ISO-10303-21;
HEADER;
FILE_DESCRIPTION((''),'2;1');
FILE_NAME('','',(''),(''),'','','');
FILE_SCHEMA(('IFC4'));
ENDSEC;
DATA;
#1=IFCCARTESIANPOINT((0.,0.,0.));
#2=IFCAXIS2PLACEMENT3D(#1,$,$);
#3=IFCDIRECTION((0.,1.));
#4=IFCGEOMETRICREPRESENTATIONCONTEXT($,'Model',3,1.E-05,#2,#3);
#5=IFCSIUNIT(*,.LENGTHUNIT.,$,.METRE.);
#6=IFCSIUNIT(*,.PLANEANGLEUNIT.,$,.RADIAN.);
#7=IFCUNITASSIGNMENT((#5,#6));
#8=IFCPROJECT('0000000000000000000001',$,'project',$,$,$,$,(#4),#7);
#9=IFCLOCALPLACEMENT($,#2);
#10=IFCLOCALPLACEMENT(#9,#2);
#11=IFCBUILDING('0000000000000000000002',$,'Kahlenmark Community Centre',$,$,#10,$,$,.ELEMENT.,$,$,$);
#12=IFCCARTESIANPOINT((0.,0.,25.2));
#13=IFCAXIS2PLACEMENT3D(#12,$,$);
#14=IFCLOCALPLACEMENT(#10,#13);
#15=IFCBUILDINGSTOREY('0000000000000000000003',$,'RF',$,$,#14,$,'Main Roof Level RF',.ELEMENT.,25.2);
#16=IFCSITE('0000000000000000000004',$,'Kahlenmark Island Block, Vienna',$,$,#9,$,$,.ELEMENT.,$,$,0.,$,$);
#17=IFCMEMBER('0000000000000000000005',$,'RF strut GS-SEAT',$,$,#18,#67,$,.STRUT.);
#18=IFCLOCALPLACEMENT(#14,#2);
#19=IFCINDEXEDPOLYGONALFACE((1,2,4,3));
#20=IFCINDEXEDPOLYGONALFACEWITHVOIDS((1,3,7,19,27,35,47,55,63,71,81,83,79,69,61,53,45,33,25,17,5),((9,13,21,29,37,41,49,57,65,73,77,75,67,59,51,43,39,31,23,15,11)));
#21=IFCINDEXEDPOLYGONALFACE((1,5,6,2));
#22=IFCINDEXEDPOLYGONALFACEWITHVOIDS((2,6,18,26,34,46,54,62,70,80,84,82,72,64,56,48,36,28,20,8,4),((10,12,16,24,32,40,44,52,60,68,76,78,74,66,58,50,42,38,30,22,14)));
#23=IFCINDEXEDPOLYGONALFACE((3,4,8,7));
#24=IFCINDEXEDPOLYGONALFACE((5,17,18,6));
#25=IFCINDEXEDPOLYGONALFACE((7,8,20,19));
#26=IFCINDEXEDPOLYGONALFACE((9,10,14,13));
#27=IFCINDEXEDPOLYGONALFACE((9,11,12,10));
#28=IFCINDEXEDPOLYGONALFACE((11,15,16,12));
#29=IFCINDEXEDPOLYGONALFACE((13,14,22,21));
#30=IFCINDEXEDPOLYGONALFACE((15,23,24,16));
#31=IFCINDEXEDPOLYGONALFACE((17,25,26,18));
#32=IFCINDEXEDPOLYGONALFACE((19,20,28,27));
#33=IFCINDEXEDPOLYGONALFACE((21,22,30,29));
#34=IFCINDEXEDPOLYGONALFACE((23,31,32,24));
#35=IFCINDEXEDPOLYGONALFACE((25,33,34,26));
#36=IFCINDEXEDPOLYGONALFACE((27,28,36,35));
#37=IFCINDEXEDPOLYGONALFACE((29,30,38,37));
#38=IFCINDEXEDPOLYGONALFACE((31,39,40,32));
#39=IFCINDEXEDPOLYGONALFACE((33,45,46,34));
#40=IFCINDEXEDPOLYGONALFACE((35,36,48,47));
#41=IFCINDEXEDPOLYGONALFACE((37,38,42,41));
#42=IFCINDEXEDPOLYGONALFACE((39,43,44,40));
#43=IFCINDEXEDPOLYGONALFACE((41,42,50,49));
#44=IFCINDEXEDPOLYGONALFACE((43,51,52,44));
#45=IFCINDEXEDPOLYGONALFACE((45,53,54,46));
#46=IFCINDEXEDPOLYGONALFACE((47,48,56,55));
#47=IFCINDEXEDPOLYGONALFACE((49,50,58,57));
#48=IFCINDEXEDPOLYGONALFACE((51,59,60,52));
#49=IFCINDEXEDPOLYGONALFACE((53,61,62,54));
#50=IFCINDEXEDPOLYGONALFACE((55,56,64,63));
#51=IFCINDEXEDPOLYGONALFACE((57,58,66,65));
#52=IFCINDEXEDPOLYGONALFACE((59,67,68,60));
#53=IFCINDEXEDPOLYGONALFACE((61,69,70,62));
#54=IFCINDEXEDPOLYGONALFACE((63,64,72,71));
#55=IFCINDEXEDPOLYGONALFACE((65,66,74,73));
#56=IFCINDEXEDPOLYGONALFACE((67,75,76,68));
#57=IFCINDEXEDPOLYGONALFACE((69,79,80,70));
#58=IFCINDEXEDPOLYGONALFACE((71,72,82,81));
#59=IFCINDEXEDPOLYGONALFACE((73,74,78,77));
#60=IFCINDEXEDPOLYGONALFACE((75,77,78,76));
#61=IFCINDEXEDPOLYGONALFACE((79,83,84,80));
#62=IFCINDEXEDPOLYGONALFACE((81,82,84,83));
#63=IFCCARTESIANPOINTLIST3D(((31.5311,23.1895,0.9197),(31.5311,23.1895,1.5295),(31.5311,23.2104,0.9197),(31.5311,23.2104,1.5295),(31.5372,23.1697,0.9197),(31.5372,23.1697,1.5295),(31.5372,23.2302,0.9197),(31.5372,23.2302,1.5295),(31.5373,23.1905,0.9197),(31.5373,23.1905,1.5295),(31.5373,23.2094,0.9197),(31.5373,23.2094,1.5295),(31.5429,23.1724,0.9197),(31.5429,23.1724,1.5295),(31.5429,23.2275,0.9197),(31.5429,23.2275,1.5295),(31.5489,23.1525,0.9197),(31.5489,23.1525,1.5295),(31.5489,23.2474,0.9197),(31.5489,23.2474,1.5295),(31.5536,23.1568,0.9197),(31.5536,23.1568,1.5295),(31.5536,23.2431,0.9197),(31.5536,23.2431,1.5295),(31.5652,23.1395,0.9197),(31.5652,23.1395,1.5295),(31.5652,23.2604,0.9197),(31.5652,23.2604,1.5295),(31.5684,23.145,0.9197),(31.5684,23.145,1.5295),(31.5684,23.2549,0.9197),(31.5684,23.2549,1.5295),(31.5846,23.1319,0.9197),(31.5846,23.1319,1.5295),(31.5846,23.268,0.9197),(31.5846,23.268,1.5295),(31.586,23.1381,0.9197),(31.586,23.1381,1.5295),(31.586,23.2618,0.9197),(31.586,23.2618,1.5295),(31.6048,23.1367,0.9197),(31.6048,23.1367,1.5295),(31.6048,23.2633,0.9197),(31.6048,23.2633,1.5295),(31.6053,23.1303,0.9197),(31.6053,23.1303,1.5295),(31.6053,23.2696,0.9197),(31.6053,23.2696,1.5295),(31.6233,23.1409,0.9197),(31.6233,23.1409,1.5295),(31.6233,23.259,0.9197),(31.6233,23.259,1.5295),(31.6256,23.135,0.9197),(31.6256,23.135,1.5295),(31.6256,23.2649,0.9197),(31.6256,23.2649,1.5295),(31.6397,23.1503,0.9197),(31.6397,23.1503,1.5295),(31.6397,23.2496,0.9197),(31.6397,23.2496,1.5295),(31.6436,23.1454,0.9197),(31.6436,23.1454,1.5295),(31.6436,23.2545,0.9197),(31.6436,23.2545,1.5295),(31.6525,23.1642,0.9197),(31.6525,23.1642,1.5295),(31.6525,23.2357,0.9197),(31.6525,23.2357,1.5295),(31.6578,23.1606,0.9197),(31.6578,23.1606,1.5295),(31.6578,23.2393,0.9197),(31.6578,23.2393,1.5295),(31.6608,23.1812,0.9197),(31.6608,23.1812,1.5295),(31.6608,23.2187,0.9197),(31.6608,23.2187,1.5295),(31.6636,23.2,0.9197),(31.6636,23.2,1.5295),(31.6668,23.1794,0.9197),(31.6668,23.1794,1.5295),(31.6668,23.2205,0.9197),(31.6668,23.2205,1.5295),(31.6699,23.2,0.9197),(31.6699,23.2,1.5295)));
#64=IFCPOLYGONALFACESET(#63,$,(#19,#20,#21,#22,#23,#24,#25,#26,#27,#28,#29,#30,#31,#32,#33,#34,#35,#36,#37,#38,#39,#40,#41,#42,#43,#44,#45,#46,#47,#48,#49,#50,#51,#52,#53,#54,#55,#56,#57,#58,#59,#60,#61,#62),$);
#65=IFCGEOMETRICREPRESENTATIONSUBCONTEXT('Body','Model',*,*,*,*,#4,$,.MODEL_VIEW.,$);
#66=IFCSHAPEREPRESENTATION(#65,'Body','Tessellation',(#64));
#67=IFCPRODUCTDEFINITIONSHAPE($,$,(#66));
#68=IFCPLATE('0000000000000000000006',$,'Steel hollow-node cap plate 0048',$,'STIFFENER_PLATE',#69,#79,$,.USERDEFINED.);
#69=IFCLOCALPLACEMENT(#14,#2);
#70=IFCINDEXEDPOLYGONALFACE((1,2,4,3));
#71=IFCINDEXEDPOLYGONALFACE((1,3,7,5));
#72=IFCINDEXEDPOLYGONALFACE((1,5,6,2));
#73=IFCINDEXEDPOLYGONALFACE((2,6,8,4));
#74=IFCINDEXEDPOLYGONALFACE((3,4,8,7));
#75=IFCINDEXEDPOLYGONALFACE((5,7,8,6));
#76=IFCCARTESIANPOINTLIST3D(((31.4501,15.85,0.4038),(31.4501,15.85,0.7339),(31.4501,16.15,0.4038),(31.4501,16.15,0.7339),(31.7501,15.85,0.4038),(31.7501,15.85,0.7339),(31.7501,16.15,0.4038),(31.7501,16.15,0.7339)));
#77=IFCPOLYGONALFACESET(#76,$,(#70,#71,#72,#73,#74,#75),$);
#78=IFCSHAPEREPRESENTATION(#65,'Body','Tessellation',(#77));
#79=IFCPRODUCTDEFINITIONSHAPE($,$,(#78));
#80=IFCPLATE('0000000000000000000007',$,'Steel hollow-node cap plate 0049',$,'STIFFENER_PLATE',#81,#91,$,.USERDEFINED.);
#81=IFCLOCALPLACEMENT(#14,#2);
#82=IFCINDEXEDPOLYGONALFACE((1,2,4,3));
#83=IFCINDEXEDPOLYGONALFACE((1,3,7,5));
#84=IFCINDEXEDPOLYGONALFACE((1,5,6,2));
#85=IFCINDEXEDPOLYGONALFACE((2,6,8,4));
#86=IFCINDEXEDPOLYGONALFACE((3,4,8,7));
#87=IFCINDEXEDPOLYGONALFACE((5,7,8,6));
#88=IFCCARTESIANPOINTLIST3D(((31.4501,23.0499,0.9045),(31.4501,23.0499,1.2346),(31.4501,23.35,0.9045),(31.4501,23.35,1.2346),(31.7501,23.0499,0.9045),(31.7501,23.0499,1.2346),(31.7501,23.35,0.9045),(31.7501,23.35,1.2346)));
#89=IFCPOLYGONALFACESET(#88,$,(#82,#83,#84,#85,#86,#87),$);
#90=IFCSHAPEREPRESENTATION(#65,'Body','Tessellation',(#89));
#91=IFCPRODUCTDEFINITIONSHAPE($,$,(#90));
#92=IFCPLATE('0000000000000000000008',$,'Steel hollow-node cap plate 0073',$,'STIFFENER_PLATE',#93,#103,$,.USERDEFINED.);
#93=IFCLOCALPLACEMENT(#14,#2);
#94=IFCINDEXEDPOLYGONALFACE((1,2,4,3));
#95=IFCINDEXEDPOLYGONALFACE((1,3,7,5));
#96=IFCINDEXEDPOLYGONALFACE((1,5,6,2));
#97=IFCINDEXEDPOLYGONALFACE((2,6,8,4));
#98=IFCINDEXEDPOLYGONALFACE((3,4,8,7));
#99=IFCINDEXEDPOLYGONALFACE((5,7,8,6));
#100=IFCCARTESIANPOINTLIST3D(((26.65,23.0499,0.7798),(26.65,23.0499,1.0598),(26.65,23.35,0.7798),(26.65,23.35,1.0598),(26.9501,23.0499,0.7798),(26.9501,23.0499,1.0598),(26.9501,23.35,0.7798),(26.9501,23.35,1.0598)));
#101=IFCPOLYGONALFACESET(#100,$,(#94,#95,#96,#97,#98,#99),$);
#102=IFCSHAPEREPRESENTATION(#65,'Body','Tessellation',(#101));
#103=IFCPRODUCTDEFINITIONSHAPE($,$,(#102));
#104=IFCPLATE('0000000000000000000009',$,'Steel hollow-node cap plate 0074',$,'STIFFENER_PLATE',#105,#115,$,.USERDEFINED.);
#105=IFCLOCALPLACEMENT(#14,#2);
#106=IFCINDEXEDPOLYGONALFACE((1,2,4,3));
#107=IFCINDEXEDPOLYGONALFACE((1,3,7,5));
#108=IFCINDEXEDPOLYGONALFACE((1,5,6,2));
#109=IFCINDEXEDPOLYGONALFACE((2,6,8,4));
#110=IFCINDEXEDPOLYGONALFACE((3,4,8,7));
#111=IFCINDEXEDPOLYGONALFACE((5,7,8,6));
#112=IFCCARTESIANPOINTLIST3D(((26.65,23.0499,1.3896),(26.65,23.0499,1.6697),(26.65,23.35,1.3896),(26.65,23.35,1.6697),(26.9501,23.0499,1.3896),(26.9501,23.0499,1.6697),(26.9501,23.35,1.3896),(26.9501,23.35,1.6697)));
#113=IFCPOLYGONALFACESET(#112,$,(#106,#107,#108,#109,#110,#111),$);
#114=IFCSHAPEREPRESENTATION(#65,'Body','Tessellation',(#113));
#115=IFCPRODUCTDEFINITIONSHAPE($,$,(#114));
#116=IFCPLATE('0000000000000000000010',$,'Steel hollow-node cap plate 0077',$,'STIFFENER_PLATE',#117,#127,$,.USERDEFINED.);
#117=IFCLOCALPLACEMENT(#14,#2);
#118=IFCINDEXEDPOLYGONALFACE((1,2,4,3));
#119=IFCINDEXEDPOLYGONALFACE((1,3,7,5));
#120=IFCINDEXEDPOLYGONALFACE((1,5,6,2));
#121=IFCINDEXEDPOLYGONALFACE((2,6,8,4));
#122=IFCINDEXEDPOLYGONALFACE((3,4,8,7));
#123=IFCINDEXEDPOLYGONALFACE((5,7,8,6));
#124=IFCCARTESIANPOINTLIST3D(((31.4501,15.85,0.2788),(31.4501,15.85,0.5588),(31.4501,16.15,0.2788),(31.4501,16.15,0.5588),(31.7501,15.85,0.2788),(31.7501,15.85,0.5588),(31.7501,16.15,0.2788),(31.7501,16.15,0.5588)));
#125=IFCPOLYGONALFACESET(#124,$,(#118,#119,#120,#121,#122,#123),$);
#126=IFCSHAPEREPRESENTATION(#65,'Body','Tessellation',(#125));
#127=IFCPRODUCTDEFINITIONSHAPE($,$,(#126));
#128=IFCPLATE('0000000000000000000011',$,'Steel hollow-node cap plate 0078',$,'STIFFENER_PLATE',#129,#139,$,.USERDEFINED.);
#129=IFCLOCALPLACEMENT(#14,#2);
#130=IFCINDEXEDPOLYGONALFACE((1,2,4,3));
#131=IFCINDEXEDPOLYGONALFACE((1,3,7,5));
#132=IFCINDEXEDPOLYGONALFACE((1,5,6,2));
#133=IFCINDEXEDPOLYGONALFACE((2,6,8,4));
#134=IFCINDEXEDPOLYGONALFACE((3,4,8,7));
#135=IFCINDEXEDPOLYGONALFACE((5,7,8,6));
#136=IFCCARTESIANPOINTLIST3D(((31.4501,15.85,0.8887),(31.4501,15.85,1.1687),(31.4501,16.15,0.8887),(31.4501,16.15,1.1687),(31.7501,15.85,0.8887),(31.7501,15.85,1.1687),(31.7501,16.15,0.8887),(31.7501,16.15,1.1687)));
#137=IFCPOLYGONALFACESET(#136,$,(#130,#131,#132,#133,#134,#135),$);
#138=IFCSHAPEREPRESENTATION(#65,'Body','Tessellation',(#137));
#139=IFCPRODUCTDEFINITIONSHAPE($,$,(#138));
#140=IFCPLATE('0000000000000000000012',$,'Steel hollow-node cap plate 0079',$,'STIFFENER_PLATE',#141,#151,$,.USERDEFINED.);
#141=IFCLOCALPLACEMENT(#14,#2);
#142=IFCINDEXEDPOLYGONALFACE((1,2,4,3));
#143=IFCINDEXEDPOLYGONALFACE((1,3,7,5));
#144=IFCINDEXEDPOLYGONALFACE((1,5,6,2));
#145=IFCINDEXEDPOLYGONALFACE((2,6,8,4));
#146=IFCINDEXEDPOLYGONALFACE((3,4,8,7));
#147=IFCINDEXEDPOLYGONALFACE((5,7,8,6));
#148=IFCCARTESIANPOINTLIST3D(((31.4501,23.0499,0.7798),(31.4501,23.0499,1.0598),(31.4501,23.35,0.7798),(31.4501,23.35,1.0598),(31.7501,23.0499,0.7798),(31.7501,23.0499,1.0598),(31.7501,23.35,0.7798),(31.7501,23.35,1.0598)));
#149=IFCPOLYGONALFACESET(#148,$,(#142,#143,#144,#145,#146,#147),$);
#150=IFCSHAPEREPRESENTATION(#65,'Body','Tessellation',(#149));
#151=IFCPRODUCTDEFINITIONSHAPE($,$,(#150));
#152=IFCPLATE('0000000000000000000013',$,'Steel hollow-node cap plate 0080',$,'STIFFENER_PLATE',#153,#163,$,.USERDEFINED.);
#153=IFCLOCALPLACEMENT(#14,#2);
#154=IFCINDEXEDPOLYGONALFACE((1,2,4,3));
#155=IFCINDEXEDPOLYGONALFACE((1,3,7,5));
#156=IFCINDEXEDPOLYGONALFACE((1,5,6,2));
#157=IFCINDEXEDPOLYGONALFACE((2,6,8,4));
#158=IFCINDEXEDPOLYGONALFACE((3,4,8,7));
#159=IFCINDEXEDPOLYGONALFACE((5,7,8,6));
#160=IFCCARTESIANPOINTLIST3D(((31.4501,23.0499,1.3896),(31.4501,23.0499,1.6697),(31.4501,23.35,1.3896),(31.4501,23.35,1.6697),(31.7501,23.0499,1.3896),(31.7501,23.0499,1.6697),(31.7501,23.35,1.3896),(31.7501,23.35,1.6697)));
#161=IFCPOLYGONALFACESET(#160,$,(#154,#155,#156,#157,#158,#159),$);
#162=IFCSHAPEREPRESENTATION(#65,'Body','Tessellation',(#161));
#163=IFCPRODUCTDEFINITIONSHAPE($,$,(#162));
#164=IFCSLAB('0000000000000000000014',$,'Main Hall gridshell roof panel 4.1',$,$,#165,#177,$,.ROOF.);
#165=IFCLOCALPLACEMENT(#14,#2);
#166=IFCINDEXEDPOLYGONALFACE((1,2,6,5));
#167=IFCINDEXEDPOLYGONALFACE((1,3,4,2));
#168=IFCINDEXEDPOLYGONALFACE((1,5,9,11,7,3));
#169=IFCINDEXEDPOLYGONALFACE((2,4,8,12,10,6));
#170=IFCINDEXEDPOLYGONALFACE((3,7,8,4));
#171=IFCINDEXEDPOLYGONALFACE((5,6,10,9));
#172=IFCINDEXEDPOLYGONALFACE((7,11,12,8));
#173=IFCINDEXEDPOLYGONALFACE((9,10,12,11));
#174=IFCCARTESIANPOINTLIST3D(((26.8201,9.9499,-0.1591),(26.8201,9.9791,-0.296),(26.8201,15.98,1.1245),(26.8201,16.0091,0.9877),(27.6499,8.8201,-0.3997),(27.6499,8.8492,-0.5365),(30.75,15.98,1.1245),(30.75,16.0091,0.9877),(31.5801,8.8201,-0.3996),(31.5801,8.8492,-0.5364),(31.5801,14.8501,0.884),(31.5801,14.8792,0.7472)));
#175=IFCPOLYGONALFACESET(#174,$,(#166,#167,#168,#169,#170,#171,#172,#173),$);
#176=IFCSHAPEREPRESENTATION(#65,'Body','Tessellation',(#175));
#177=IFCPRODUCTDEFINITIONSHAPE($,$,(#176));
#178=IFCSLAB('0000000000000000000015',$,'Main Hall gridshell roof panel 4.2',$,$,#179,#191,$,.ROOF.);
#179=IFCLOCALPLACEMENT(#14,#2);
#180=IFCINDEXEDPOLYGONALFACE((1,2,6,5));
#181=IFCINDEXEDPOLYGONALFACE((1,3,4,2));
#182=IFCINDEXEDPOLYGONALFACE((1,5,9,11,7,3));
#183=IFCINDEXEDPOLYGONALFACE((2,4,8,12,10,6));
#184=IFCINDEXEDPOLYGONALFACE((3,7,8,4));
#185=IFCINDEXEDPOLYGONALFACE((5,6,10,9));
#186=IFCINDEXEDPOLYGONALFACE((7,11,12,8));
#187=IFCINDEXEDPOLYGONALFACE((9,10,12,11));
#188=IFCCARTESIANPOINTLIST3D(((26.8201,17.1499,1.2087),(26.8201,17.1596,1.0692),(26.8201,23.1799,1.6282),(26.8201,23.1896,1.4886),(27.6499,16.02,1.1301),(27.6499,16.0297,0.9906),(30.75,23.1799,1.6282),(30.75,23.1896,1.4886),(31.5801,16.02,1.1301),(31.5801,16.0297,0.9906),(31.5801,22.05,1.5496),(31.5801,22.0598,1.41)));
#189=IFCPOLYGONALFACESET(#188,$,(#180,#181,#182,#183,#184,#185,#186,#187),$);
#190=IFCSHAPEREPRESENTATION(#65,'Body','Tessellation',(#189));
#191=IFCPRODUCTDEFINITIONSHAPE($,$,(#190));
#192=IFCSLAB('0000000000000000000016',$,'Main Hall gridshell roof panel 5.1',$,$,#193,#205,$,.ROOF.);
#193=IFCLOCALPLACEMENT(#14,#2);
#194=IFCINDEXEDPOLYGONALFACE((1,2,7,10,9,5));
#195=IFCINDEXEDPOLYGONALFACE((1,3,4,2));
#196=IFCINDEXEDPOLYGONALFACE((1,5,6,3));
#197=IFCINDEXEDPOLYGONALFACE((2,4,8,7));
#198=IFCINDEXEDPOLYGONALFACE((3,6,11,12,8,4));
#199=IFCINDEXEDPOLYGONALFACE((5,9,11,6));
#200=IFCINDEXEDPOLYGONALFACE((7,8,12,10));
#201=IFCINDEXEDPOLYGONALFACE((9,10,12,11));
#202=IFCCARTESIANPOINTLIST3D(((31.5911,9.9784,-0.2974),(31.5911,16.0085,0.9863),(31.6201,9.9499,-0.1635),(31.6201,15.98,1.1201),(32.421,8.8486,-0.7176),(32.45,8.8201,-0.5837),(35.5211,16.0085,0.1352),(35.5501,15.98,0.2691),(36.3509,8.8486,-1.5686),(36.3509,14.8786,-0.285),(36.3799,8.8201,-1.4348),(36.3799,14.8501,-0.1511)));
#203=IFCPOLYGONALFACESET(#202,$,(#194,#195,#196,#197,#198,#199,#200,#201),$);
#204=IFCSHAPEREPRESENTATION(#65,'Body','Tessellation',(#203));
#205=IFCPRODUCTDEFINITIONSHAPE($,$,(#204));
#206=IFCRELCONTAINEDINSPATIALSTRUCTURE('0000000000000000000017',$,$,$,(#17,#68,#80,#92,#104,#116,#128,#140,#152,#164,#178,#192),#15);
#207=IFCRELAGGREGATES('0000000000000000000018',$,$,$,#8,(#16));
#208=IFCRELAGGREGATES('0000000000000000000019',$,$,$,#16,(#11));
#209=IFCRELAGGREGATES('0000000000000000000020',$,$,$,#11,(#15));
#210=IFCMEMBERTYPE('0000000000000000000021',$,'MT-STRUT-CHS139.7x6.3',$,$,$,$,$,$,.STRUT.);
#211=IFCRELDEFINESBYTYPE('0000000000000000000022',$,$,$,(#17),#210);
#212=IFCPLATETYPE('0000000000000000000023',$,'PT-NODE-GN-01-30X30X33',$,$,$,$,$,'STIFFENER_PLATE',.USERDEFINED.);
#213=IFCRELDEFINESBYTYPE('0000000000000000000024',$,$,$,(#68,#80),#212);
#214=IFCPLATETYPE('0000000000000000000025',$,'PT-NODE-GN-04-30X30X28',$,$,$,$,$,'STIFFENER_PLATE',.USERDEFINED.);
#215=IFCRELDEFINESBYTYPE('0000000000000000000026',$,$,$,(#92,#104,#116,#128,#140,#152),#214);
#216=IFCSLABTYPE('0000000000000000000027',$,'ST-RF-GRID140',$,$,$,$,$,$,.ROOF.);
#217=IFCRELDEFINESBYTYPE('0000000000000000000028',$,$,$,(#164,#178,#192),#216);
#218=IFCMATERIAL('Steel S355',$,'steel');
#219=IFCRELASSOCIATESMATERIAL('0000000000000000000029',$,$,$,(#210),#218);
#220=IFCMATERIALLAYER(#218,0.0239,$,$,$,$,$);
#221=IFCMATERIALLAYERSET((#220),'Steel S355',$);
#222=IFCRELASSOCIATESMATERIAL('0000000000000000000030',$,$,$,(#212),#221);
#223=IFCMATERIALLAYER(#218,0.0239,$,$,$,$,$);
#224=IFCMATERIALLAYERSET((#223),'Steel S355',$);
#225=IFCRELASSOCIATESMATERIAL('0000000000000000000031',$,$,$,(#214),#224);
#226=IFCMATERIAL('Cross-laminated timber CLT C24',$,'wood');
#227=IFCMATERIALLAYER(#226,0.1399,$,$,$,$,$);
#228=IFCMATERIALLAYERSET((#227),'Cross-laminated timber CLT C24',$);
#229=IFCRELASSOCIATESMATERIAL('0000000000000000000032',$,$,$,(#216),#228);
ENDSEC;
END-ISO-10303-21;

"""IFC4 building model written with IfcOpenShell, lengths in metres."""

from ifc_helpers import new_model, si_unit, direction, frame, origin, origin_2d, place, context, subcontext, project, spatial, polyline, rectangle, hollow_circle, outline, extrude, material, layer, layer_set, material_profile, profile_set, type_object, element, save


model = new_model("IFC4")

# Units and contexts
model_context = context("Model", 3, precision=1e-05, world=origin(), true_north=direction((0.0, 1.0)))
body_context = subcontext(model_context, "Body", "Model", "MODEL_VIEW")
ifc_project = project(units=[si_unit("LENGTHUNIT", "METRE"), si_unit("PLANEANGLEUNIT", "RADIAN")], contexts=[model_context])

# Site, building, storey
site_placement = place(None, origin())
site = spatial("IfcSite", under=ifc_project, at=site_placement, Name="Kahlenmark Island Block, Vienna", CompositionType="ELEMENT", RefElevation=0.0)
building_placement = place(site_placement, origin())
building = spatial("IfcBuilding", under=site, at=building_placement, Name="Kahlenmark Community Centre", CompositionType="ELEMENT")
storey_placement = place(building_placement, frame((0.0, 0.0, 25.2)))
storey = spatial("IfcBuildingStorey", under=building, at=storey_placement, Name="RF", LongName="Main Roof Level RF", CompositionType="ELEMENT", Elevation=25.2)

# Member
ifc_material_1 = material(Name="Steel S355", Category="steel")
ifc_material_profile_1 = material_profile(ifc_material_1, hollow_circle(Radius=0.0698, WallThickness=0.0063, at=origin_2d()), Name="CHS 139.7x6.3")
ifc_profile_set_1 = profile_set([ifc_material_profile_1], Name="Steel S355")
member_type_1 = type_object("IfcMemberType", Name="MT-STRUT-CHS139.7x6.3", PredefinedType="STRUT", material=ifc_profile_set_1)
member_1_placement = place(storey_placement, frame((31.6001, 23.2, 0.9197), z_axis=(0.0, 0.0, 1.0), x_axis=(1.0, 0.0, 0.0)))
element("IfcMember", 1, at=member_1_placement, inside=storey, type_object=member_type_1, Name="RF strut GS-SEAT", PredefinedType="STRUT", context=body_context, shape_type="SweptSolid", body=[
    extrude(hollow_circle(Radius=0.0698, WallThickness=0.0063, at=origin_2d()), origin(), (0.0, 0.0, 1.0), 0.6099),
])

# Plates
ifc_layer_1 = layer(ifc_material_1, 0.0239)
ifc_layer_set_1 = layer_set([ifc_layer_1], Name="Steel S355")
plate_type_1 = type_object("IfcPlateType", Name="PT-NODE-GN-01-30X30X33", ElementType="STIFFENER_PLATE", PredefinedType="USERDEFINED", material=ifc_layer_set_1)
for number, where, z_axis, x_axis, name in (
    (2, (31.6001, 16.0, 0.4038), (0.0, 0.0, 1.0), (1.0, 0.0, 0.0), "Steel hollow-node cap plate 0048"),
    (3, (31.6001, 23.2, 0.9045), (0.0, 0.0, 1.0), (1.0, 0.0, 0.0), "Steel hollow-node cap plate 0049"),
):
    element("IfcPlate", number, at=place(storey_placement, frame(where, z_axis=z_axis, x_axis=x_axis)), inside=storey, type_object=plate_type_1, Name=name, ObjectType="STIFFENER_PLATE", PredefinedType="USERDEFINED", context=body_context, shape_type="SweptSolid", body=[
        extrude(rectangle(XDim=0.3, YDim=0.3, at=origin_2d()), origin(), (0.0, 0.0, 1.0), 0.3301),
    ])
ifc_layer_2 = layer(ifc_material_1, 0.0239)
ifc_layer_set_2 = layer_set([ifc_layer_2], Name="Steel S355")
plate_type_2 = type_object("IfcPlateType", Name="PT-NODE-GN-04-30X30X28", ElementType="STIFFENER_PLATE", PredefinedType="USERDEFINED", material=ifc_layer_set_2)
for number, where, z_axis, x_axis, name in (
    (4, (26.8, 23.2, 0.7798), (0.0, 0.0, 1.0), (1.0, 0.0, 0.0), "Steel hollow-node cap plate 0073"),
    (5, (26.8, 23.2, 1.3896), (0.0, 0.0, 1.0), (1.0, 0.0, 0.0), "Steel hollow-node cap plate 0074"),
    (6, (31.6001, 16.0, 0.2788), (0.0, 0.0, 1.0), (1.0, 0.0, 0.0), "Steel hollow-node cap plate 0077"),
    (7, (31.6001, 16.0, 0.8887), (0.0, 0.0, 1.0), (1.0, 0.0, 0.0), "Steel hollow-node cap plate 0078"),
    (8, (31.6001, 23.2, 0.7798), (0.0, 0.0, 1.0), (1.0, 0.0, 0.0), "Steel hollow-node cap plate 0079"),
    (9, (31.6001, 23.2, 1.3896), (0.0, 0.0, 1.0), (1.0, 0.0, 0.0), "Steel hollow-node cap plate 0080"),
):
    element("IfcPlate", number, at=place(storey_placement, frame(where, z_axis=z_axis, x_axis=x_axis)), inside=storey, type_object=plate_type_2, Name=name, ObjectType="STIFFENER_PLATE", PredefinedType="USERDEFINED", context=body_context, shape_type="SweptSolid", body=[
        extrude(rectangle(XDim=0.3, YDim=0.3, at=origin_2d()), origin(), (0.0, 0.0, 1.0), 0.28),
    ])

# Slabs
ifc_material_2 = material(Name="Cross-laminated timber CLT C24", Category="wood")
ifc_layer_3 = layer(ifc_material_2, 0.1399)
ifc_layer_set_3 = layer_set([ifc_layer_3], Name="Cross-laminated timber CLT C24")
slab_type = type_object("IfcSlabType", Name="ST-RF-GRID140", PredefinedType="ROOF", material=ifc_layer_set_3)
slab_1_placement = place(storey_placement, frame((27.6499, 8.8201, -0.3997), z_axis=(-0.00001, -0.208211, 0.978084), x_axis=(1.0, -0.000002, 0.000009)))
element("IfcSlab", 10, at=slab_1_placement, inside=storey, type_object=slab_type, Name="Main Hall gridshell roof panel 4.1", PredefinedType="ROOF", context=body_context, shape_type="SweptSolid", body=[
    extrude(outline(polyline([(0.0, 0.0), (3.9302, 0.0), (3.9302, 6.1652), (3.1001, 7.3203), (-0.8298, 7.3203), (-0.8298, 1.1552), (0.0, 0.0)])), origin(), (0.0, 0.0, -1.0), 0.1399),
])
slab_2_placement = place(storey_placement, frame((27.6499, 16.02, 1.1301), z_axis=(0.000004, -0.069392, 0.997589), x_axis=(1.0, 0.0, -0.000004)))
element("IfcSlab", 11, at=slab_2_placement, inside=storey, type_object=slab_type, Name="Main Hall gridshell roof panel 4.2", PredefinedType="ROOF", context=body_context, shape_type="SweptSolid", body=[
    extrude(outline(polyline([(0.0, 0.0), (3.9302, 0.0), (3.9302, 6.0446), (3.1001, 7.1772), (-0.8298, 7.1772), (-0.8298, 1.1326), (0.0, 0.0)])), origin(), (0.0, 0.0, -1.0), 0.1399),
])
slab_3_placement = place(storey_placement, frame((32.45, 8.8201, -0.5837), z_axis=(0.207206, -0.20369, 0.956857), x_axis=(0.977347, -0.000003, -0.211643)))
element("IfcSlab", 12, at=slab_3_placement, inside=storey, type_object=slab_type, Name="Main Hall gridshell roof panel 5.1", PredefinedType="ROOF", context=body_context, shape_type="SweptSolid", body=[
    extrude(outline(polyline([(0.0, 0.0), (4.021, 0.0), (3.7493, 6.1592), (2.8494, 7.3132), (-1.1717, 7.3132), (-0.9, 1.1541), (0.0, 0.0)])), origin(), (0.0, 0.0, -1.0), 0.1399),
])

save(model, "model.ifc")
